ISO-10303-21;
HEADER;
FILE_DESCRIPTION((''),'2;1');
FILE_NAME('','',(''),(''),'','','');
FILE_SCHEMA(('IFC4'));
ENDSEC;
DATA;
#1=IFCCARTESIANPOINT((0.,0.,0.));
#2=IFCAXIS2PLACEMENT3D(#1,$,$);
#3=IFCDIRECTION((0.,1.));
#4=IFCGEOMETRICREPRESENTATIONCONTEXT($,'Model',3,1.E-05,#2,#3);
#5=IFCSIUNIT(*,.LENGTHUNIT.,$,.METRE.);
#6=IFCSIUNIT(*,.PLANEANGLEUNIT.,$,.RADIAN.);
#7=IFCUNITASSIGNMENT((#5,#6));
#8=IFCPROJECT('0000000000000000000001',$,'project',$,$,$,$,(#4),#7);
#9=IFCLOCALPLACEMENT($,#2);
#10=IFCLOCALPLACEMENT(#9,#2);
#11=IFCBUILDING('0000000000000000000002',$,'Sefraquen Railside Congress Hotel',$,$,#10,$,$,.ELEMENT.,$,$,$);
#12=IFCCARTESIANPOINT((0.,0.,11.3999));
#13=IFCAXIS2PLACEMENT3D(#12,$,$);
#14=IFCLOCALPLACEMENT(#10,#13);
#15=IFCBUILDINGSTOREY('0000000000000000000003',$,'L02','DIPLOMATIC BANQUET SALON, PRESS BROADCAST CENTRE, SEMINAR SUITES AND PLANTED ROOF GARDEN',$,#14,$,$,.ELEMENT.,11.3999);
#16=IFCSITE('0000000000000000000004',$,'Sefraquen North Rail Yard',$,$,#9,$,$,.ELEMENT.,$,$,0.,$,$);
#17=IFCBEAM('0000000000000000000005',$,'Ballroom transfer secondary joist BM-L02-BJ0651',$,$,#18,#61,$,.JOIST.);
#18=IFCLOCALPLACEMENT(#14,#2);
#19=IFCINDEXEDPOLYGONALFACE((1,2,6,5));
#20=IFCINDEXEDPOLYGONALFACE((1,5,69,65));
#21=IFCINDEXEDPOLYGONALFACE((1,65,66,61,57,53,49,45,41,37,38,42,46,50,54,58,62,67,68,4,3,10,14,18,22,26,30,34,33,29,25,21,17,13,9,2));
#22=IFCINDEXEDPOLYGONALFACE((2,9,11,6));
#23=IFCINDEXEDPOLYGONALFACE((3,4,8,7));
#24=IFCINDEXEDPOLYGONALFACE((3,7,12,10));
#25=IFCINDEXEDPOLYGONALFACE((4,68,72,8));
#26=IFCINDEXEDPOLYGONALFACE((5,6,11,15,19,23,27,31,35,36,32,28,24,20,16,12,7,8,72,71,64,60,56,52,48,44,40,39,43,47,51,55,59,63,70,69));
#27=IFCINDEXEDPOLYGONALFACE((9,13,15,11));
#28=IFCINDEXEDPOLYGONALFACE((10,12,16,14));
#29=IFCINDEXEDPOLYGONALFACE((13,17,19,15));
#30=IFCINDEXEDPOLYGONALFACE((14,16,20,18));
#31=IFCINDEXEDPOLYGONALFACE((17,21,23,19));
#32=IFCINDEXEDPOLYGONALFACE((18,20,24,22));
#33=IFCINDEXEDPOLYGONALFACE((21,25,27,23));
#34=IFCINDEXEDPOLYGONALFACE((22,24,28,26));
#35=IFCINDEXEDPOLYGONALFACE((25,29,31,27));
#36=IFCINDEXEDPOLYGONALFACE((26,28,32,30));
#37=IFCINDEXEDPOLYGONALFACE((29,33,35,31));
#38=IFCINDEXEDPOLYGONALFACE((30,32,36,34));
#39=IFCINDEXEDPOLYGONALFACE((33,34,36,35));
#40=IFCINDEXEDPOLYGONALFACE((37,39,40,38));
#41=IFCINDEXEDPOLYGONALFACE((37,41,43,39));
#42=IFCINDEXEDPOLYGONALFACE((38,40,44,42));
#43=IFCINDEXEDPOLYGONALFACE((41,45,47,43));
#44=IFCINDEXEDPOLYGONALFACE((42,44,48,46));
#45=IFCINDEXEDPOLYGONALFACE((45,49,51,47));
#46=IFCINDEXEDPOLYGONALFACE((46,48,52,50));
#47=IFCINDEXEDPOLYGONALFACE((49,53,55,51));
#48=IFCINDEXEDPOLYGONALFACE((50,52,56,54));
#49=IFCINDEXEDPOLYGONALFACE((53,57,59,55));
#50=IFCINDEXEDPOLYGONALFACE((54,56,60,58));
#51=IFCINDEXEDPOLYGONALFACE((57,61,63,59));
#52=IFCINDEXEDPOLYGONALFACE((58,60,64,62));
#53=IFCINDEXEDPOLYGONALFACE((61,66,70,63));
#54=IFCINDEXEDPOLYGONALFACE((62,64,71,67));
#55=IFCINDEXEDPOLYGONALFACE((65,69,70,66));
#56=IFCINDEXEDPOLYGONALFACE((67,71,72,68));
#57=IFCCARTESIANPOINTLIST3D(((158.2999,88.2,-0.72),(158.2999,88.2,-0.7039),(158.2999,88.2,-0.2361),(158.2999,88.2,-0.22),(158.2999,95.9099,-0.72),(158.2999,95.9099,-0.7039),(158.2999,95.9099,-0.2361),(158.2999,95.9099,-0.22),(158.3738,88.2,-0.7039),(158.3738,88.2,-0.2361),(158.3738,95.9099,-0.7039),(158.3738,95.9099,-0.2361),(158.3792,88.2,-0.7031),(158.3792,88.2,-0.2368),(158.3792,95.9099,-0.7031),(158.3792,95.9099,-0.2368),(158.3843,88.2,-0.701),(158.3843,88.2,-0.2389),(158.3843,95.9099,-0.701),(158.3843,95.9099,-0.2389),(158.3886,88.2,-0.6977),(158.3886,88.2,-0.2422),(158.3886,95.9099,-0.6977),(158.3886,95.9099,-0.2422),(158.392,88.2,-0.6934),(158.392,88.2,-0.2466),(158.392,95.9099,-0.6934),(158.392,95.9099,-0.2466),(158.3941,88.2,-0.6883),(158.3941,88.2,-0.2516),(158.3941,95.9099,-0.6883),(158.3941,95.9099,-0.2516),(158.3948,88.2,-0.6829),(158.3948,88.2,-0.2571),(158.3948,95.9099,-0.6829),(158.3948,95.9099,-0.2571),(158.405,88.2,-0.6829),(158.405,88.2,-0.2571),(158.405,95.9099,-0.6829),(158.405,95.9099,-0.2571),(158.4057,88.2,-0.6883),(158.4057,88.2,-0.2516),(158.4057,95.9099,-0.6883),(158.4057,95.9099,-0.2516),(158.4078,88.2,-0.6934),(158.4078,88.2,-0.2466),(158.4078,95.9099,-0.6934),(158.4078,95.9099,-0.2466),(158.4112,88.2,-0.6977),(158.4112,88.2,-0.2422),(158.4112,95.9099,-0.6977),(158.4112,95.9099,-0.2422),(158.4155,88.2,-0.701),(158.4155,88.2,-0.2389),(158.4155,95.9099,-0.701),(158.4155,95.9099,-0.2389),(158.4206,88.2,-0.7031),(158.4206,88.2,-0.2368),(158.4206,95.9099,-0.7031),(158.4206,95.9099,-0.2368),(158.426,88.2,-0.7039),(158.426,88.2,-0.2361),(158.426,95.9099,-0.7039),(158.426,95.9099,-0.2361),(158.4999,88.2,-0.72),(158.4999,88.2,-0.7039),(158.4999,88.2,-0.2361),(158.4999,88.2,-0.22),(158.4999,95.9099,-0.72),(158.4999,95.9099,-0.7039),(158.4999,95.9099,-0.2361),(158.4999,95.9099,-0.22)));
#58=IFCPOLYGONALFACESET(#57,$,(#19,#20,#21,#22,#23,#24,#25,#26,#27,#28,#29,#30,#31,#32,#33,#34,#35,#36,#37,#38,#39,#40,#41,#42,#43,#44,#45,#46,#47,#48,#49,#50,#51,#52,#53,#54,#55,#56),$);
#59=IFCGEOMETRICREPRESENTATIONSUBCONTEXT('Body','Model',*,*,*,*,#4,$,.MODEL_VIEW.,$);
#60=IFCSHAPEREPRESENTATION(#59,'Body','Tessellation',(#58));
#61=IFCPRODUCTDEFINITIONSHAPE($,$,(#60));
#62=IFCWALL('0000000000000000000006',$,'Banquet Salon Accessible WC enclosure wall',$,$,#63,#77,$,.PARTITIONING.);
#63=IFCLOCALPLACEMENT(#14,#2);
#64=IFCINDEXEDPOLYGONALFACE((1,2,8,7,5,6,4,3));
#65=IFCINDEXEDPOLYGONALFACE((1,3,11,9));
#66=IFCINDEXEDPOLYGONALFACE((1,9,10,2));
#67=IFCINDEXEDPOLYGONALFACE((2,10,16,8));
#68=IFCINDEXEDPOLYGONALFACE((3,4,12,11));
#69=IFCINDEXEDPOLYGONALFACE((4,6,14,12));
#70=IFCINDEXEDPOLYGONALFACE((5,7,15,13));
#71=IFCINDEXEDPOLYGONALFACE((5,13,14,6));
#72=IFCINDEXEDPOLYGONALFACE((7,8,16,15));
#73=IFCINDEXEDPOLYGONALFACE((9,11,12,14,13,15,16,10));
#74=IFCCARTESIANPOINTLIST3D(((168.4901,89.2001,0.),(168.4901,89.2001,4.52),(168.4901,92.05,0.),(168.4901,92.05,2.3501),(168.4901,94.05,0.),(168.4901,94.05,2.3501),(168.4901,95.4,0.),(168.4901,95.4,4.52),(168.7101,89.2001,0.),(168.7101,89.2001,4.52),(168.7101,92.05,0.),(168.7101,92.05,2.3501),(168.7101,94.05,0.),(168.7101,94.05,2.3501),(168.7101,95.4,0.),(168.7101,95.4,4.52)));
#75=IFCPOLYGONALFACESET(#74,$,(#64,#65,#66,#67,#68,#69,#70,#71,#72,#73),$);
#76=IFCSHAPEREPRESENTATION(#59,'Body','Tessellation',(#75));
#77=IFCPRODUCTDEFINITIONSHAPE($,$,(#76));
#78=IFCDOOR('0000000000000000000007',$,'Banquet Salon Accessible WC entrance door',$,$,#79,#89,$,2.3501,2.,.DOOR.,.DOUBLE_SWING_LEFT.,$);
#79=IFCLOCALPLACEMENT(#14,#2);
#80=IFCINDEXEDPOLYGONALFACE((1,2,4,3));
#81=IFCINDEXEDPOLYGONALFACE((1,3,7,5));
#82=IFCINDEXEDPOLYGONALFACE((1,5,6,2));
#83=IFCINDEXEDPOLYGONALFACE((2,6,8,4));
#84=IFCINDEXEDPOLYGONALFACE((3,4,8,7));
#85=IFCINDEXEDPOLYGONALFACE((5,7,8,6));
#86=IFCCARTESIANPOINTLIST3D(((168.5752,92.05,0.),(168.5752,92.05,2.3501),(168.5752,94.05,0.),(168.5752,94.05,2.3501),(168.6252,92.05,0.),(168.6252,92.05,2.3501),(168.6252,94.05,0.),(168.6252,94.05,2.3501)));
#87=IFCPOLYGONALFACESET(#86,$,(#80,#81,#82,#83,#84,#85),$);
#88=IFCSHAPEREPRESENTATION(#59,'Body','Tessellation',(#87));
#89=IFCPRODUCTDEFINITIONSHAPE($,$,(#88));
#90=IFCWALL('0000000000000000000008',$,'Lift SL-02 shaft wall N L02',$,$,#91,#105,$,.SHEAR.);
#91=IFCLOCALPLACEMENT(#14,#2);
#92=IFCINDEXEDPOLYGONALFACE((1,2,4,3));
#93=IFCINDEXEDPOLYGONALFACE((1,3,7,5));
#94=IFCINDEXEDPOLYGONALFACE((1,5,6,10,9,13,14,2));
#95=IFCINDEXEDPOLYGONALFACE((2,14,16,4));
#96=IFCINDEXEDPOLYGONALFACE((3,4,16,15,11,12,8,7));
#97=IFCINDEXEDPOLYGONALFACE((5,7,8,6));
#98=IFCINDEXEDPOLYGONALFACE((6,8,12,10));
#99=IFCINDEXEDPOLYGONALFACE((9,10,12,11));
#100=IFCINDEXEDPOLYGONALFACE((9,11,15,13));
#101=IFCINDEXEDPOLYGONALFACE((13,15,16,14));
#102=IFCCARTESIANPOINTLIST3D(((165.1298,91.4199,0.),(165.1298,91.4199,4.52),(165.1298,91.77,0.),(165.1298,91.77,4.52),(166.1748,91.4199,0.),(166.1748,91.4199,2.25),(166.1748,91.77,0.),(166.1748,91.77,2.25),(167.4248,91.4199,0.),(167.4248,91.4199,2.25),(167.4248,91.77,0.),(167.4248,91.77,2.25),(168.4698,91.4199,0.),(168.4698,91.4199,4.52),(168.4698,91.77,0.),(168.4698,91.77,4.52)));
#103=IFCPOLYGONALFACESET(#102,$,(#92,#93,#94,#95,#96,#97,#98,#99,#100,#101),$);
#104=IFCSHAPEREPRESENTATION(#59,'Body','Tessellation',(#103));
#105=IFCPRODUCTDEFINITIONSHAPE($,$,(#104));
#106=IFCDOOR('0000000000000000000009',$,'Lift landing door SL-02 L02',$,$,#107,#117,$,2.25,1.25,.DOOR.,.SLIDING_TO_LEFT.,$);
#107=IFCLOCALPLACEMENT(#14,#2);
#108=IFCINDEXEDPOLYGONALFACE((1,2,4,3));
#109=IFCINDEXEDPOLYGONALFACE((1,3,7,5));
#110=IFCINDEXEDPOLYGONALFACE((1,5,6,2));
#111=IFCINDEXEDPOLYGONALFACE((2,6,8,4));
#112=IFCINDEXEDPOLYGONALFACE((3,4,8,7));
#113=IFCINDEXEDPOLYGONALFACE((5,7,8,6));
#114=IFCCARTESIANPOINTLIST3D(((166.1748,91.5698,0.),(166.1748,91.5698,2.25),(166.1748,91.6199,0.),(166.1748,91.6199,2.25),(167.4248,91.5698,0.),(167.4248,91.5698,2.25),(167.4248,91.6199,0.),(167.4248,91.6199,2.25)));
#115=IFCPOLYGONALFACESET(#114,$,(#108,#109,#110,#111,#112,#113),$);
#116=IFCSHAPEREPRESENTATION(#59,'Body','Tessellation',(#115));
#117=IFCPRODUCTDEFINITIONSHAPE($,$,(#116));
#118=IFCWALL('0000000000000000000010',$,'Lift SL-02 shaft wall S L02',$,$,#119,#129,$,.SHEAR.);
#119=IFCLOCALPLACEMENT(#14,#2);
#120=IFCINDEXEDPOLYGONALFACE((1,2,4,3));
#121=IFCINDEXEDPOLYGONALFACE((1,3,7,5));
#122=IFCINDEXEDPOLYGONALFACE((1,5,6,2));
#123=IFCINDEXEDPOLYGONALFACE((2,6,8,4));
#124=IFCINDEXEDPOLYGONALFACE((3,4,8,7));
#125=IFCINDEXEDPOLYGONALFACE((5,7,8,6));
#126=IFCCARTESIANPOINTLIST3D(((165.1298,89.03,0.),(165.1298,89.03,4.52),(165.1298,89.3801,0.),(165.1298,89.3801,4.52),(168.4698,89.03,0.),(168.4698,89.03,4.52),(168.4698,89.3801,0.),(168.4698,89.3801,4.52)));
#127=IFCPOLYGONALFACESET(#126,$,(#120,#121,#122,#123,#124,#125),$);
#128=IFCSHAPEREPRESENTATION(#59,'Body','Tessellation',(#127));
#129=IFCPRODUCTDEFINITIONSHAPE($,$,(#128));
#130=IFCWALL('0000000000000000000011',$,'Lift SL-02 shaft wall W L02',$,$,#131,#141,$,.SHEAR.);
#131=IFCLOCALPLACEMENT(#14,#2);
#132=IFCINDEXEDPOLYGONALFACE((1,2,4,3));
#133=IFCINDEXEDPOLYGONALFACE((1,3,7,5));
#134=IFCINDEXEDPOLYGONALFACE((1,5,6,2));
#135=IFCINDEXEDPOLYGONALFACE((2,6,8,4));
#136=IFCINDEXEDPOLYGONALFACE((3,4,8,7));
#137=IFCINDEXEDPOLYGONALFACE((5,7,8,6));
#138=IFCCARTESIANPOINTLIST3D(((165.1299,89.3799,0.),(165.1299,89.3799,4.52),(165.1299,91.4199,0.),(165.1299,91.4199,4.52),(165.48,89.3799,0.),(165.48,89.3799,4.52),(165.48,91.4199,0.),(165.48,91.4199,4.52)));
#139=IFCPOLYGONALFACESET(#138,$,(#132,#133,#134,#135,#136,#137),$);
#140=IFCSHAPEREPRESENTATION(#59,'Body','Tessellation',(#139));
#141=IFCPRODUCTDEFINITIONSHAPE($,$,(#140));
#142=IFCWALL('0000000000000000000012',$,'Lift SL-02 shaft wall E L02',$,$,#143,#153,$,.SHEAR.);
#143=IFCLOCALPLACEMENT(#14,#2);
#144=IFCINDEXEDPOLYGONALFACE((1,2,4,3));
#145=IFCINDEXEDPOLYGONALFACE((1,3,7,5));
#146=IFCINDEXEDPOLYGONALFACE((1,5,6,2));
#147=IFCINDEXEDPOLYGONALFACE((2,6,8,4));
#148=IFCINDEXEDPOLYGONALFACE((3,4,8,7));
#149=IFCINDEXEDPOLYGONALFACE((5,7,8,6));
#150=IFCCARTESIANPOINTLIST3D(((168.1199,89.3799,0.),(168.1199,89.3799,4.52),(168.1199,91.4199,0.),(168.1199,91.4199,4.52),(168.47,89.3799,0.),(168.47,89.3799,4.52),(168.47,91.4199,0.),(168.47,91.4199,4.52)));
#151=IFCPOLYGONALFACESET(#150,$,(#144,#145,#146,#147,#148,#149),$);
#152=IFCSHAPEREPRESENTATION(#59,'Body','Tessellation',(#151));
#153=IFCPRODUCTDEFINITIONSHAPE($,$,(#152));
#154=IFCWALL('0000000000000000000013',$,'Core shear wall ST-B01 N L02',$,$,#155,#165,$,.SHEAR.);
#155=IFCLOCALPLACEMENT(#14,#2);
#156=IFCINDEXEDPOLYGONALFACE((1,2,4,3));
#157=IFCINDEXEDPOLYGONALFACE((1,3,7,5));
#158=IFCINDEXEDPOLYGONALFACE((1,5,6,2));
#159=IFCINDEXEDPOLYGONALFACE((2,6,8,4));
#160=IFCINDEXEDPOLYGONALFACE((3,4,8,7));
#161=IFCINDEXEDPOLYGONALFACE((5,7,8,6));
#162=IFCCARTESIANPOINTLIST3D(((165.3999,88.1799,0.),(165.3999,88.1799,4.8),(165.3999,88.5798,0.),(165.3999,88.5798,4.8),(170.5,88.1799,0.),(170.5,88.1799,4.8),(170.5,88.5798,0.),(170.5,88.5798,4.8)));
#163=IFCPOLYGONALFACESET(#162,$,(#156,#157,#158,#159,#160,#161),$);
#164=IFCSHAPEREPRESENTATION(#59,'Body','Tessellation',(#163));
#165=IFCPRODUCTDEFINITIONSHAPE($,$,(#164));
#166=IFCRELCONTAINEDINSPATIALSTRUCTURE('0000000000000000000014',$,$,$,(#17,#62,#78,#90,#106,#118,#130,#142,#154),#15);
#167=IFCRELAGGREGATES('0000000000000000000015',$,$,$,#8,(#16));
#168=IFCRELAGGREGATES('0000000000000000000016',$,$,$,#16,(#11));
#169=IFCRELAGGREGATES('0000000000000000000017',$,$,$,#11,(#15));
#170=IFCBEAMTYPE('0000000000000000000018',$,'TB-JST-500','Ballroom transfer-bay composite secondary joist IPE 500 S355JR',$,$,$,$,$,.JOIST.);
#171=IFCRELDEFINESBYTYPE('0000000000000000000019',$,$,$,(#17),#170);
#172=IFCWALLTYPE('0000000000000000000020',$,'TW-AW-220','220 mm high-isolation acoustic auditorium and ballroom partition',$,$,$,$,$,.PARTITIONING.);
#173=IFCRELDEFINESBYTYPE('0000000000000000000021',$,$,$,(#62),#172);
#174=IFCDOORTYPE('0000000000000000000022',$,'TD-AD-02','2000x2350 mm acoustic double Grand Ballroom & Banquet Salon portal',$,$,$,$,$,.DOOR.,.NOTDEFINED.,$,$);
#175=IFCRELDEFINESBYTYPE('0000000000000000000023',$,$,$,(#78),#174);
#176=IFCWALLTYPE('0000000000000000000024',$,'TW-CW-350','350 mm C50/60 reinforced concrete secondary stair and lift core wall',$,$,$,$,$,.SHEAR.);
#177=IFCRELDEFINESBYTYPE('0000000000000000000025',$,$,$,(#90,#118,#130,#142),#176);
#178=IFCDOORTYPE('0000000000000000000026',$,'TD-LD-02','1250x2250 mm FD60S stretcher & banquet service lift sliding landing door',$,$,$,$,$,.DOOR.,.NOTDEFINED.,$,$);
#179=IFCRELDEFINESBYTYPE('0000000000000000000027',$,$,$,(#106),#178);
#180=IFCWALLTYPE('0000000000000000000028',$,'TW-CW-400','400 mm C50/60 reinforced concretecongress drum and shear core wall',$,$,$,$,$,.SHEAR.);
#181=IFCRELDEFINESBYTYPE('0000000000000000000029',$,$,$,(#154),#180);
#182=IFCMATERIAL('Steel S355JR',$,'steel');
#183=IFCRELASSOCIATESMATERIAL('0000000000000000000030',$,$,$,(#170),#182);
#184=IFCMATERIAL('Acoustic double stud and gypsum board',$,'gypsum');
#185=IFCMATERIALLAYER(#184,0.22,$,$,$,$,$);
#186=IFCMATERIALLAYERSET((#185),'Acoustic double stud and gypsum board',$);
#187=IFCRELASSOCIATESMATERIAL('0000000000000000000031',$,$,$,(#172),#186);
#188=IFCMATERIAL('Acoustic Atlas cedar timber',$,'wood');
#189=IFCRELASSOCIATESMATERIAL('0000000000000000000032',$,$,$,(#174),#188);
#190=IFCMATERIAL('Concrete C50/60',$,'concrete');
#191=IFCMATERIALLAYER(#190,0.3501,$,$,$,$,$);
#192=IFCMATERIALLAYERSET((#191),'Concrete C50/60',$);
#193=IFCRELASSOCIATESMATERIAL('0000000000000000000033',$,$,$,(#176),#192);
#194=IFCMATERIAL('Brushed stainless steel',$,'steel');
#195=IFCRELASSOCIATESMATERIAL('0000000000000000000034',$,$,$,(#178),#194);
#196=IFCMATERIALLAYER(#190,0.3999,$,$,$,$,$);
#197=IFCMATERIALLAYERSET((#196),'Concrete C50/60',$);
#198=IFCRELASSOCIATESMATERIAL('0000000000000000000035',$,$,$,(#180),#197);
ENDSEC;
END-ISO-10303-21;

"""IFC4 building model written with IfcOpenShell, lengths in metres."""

from ifc_helpers import new_model, si_unit, direction, frame, frame_2d, origin, origin_2d, place, context, subcontext, project, spatial, rectangle, i_section, extrude, material, layer, layer_set, material_profile, profile_set, type_object, element, fill, save


model = new_model("IFC4")

# Units and contexts
model_context = context("Model", 3, precision=1e-05, world=origin(), true_north=direction((0.0, 1.0)))
body_context = subcontext(model_context, "Body", "Model", "MODEL_VIEW")
ifc_project = project(units=[si_unit("LENGTHUNIT", "METRE"), si_unit("PLANEANGLEUNIT", "RADIAN")], contexts=[model_context])

# Site, building, storey
site_placement = place(None, origin())
site = spatial("IfcSite", under=ifc_project, at=site_placement, Name="Sefraquen North Rail Yard", CompositionType="ELEMENT", RefElevation=0.0)
building_placement = place(site_placement, origin())
building = spatial("IfcBuilding", under=site, at=building_placement, Name="Sefraquen Railside Congress Hotel", CompositionType="ELEMENT")
storey_placement = place(building_placement, frame((0.0, 0.0, 11.3999)))
storey = spatial("IfcBuildingStorey", under=building, at=storey_placement, Name="L02", Description="DIPLOMATIC BANQUET SALON, PRESS BROADCAST CENTRE, SEMINAR SUITES AND PLANTED ROOF GARDEN", CompositionType="ELEMENT", Elevation=11.3999)

# Shared definitions
ifc_material_1 = material(Name="Steel S355JR", Category="steel")

# Beam
ifc_material_profile_1 = material_profile(ifc_material_1, i_section(OverallWidth=0.2, OverallDepth=0.5, WebThickness=0.0103, FlangeThickness=0.0161, FilletRadius=0.021, at=origin_2d()), Name="IPE 500")
ifc_profile_set_1 = profile_set([ifc_material_profile_1], Name="Steel S355JR")
beam_type_1 = type_object("IfcBeamType", Name="TB-JST-500", Description="Ballroom transfer-bay composite secondary joist IPE 500 S355JR", PredefinedType="JOIST", material=ifc_profile_set_1)
for number, where, z_axis, x_axis, name in (
    (1, (158.3999, 88.2, -0.47), (0.0, 1.0, 0.0), (-1.0, 0.0, 0.0), "Ballroom transfer secondary joist BM-L02-BJ0651"),
):
    element("IfcBeam", number, at=place(storey_placement, frame(where, z_axis=z_axis, x_axis=x_axis)), inside=storey, type_object=beam_type_1, Name=name, PredefinedType="JOIST", context=body_context, shape_type="SweptSolid", body=[
        extrude(i_section(OverallWidth=0.2, OverallDepth=0.5, WebThickness=0.0103, FlangeThickness=0.0161, FilletRadius=0.021, at=origin_2d()), origin(), (0.0, 0.0, 1.0), 7.71),
    ])

# Walls, openings, doors
ifc_material_2 = material(Name="Acoustic double stud and gypsum board", Category="gypsum")
ifc_layer_1 = layer(ifc_material_2, 0.22)
ifc_layer_set_1 = layer_set([ifc_layer_1], Name="Acoustic double stud and gypsum board")
wall_type_1 = type_object("IfcWallType", Name="TW-AW-220", Description="220 mm high-isolation acoustic auditorium and ballroom partition", PredefinedType="PARTITIONING", material=ifc_layer_set_1)
wall_1_placement = place(storey_placement, frame((168.6001, 89.2, 0.0), z_axis=(0.0, 0.0, 1.0), x_axis=(0.0, 1.0, 0.0)))
wall_1 = element("IfcWall", 2, at=wall_1_placement, inside=storey, type_object=wall_type_1, Name="Banquet Salon Accessible WC enclosure wall", PredefinedType="PARTITIONING", context=body_context, shape_type="SweptSolid", body=[
    extrude(rectangle(XDim=6.2, YDim=0.22, at=frame_2d((3.1001, 0.0))), origin(), (0.0, 0.0, 1.0), 4.52),
])
opening_1_placement = place(wall_1_placement, frame((2.8501, 0.0, 0.0)))
opening_1 = element("IfcOpeningElement", 3, at=opening_1_placement, cuts=wall_1, PredefinedType="OPENING", context=body_context, shape_type="SweptSolid", body=[
    extrude(rectangle(XDim=2.0, YDim=2.3501, at=frame_2d((1.0, 1.175))), frame((0.0, 0.1199, 0.0), z_axis=(0.0, -1.0, 0.0), x_axis=(1.0, 0.0, 0.0)), (0.0, 0.0, 1.0), 0.24),
])
ifc_material_3 = material(Name="Acoustic Atlas cedar timber", Category="wood")
door_type_1 = type_object("IfcDoorType", Name="TD-AD-02", Description="2000x2350 mm acoustic double Grand Ballroom & Banquet Salon portal", OperationType="NOTDEFINED", PredefinedType="DOOR", material=ifc_material_3)
door_1_placement = place(opening_1_placement, origin())
door_1 = element("IfcDoor", 4, at=door_1_placement, inside=storey, type_object=door_type_1, Name="Banquet Salon Accessible WC entrance door", OperationType="DOUBLE_SWING_LEFT", OverallHeight=2.3501, OverallWidth=2.0, PredefinedType="DOOR", context=body_context, shape_type="SweptSolid", body=[
    extrude(rectangle(XDim=2.0, YDim=2.3501, at=frame_2d((1.0, 1.175))), frame((0.0, 0.0249, 0.0), z_axis=(0.0, -1.0, 0.0), x_axis=(1.0, 0.0, 0.0)), (0.0, 0.0, 1.0), 0.05),
])
fill(opening_1, door_1)
ifc_material_4 = material(Name="Concrete C50/60", Category="concrete")
ifc_layer_2 = layer(ifc_material_4, 0.3501)
ifc_layer_set_2 = layer_set([ifc_layer_2], Name="Concrete C50/60")
wall_type_2 = type_object("IfcWallType", Name="TW-CW-350", Description="350 mm C50/60 reinforced concrete secondary stair and lift core wall", PredefinedType="SHEAR", material=ifc_layer_set_2)
wall_2_placement = place(storey_placement, frame((165.1299, 91.595, 0.0), z_axis=(0.0, 0.0, 1.0), x_axis=(1.0, 0.0, 0.0)))
wall_2 = element("IfcWall", 5, at=wall_2_placement, inside=storey, type_object=wall_type_2, Name="Lift SL-02 shaft wall N L02", PredefinedType="SHEAR", context=body_context, shape_type="SweptSolid", body=[
    extrude(rectangle(XDim=3.3401, YDim=0.3501, at=frame_2d((1.6699, 0.0))), origin(), (0.0, 0.0, 1.0), 4.52),
])
opening_2_placement = place(wall_2_placement, frame((1.0449, 0.0, 0.0)))
opening_2 = element("IfcOpeningElement", 6, at=opening_2_placement, cuts=wall_2, PredefinedType="OPENING", context=body_context, shape_type="SweptSolid", body=[
    extrude(rectangle(XDim=1.25, YDim=2.25, at=frame_2d((0.625, 1.125))), frame((0.0, 0.1851, 0.0), z_axis=(0.0, -1.0, 0.0), x_axis=(1.0, 0.0, 0.0)), (0.0, 0.0, 1.0), 0.3701),
])
ifc_material_5 = material(Name="Brushed stainless steel", Category="steel")
door_type_2 = type_object("IfcDoorType", Name="TD-LD-02", Description="1250x2250 mm FD60S stretcher & banquet service lift sliding landing door", OperationType="NOTDEFINED", PredefinedType="DOOR", material=ifc_material_5)
door_2_placement = place(opening_2_placement, origin())
door_2 = element("IfcDoor", 7, at=door_2_placement, inside=storey, type_object=door_type_2, Name="Lift landing door SL-02 L02", OperationType="SLIDING_TO_LEFT", OverallHeight=2.25, OverallWidth=1.25, PredefinedType="DOOR", context=body_context, shape_type="SweptSolid", body=[
    extrude(rectangle(XDim=1.25, YDim=2.25, at=frame_2d((0.625, 1.125))), frame((0.0, 0.0249, 0.0), z_axis=(0.0, -1.0, 0.0), x_axis=(1.0, 0.0, 0.0)), (0.0, 0.0, 1.0), 0.05),
])
fill(opening_2, door_2)

# Walls
wall_3_placement = place(storey_placement, frame((165.1299, 89.2051, 0.0), z_axis=(0.0, 0.0, 1.0), x_axis=(1.0, 0.0, 0.0)))
element("IfcWall", 8, at=wall_3_placement, inside=storey, type_object=wall_type_2, Name="Lift SL-02 shaft wall S L02", PredefinedType="SHEAR", context=body_context, shape_type="SweptSolid", body=[
    extrude(rectangle(XDim=3.3401, YDim=0.3501, at=frame_2d((1.6699, 0.0))), origin(), (0.0, 0.0, 1.0), 4.52),
])
for number, where, z_axis, x_axis, name in (
    (9, (165.3049, 89.3799, 0.0), (0.0, 0.0, 1.0), (0.0, 1.0, 0.0), "Lift SL-02 shaft wall W L02"),
    (10, (168.2949, 89.3799, 0.0), (0.0, 0.0, 1.0), (0.0, 1.0, 0.0), "Lift SL-02 shaft wall E L02"),
):
    element("IfcWall", number, at=place(storey_placement, frame(where, z_axis=z_axis, x_axis=x_axis)), inside=storey, type_object=wall_type_2, Name=name, PredefinedType="SHEAR", context=body_context, shape_type="SweptSolid", body=[
        extrude(rectangle(XDim=2.04, YDim=0.3501, at=frame_2d((1.02, 0.0))), origin(), (0.0, 0.0, 1.0), 4.52),
    ])
ifc_layer_3 = layer(ifc_material_4, 0.3999)
ifc_layer_set_3 = layer_set([ifc_layer_3], Name="Concrete C50/60")
wall_type_3 = type_object("IfcWallType", Name="TW-CW-400", Description="400 mm C50/60 reinforced concretecongress drum and shear core wall", PredefinedType="SHEAR", material=ifc_layer_set_3)
wall_4_placement = place(storey_placement, frame((165.3999, 88.3799, 0.0), z_axis=(0.0, 0.0, 1.0), x_axis=(1.0, 0.0, 0.0)))
element("IfcWall", 11, at=wall_4_placement, inside=storey, type_object=wall_type_3, Name="Core shear wall ST-B01 N L02", PredefinedType="SHEAR", context=body_context, shape_type="SweptSolid", body=[
    extrude(rectangle(XDim=5.1001, YDim=0.3999, at=frame_2d((2.55, 0.0))), origin(), (0.0, 0.0, 1.0), 4.8),
])

save(model, "model.ifc")
